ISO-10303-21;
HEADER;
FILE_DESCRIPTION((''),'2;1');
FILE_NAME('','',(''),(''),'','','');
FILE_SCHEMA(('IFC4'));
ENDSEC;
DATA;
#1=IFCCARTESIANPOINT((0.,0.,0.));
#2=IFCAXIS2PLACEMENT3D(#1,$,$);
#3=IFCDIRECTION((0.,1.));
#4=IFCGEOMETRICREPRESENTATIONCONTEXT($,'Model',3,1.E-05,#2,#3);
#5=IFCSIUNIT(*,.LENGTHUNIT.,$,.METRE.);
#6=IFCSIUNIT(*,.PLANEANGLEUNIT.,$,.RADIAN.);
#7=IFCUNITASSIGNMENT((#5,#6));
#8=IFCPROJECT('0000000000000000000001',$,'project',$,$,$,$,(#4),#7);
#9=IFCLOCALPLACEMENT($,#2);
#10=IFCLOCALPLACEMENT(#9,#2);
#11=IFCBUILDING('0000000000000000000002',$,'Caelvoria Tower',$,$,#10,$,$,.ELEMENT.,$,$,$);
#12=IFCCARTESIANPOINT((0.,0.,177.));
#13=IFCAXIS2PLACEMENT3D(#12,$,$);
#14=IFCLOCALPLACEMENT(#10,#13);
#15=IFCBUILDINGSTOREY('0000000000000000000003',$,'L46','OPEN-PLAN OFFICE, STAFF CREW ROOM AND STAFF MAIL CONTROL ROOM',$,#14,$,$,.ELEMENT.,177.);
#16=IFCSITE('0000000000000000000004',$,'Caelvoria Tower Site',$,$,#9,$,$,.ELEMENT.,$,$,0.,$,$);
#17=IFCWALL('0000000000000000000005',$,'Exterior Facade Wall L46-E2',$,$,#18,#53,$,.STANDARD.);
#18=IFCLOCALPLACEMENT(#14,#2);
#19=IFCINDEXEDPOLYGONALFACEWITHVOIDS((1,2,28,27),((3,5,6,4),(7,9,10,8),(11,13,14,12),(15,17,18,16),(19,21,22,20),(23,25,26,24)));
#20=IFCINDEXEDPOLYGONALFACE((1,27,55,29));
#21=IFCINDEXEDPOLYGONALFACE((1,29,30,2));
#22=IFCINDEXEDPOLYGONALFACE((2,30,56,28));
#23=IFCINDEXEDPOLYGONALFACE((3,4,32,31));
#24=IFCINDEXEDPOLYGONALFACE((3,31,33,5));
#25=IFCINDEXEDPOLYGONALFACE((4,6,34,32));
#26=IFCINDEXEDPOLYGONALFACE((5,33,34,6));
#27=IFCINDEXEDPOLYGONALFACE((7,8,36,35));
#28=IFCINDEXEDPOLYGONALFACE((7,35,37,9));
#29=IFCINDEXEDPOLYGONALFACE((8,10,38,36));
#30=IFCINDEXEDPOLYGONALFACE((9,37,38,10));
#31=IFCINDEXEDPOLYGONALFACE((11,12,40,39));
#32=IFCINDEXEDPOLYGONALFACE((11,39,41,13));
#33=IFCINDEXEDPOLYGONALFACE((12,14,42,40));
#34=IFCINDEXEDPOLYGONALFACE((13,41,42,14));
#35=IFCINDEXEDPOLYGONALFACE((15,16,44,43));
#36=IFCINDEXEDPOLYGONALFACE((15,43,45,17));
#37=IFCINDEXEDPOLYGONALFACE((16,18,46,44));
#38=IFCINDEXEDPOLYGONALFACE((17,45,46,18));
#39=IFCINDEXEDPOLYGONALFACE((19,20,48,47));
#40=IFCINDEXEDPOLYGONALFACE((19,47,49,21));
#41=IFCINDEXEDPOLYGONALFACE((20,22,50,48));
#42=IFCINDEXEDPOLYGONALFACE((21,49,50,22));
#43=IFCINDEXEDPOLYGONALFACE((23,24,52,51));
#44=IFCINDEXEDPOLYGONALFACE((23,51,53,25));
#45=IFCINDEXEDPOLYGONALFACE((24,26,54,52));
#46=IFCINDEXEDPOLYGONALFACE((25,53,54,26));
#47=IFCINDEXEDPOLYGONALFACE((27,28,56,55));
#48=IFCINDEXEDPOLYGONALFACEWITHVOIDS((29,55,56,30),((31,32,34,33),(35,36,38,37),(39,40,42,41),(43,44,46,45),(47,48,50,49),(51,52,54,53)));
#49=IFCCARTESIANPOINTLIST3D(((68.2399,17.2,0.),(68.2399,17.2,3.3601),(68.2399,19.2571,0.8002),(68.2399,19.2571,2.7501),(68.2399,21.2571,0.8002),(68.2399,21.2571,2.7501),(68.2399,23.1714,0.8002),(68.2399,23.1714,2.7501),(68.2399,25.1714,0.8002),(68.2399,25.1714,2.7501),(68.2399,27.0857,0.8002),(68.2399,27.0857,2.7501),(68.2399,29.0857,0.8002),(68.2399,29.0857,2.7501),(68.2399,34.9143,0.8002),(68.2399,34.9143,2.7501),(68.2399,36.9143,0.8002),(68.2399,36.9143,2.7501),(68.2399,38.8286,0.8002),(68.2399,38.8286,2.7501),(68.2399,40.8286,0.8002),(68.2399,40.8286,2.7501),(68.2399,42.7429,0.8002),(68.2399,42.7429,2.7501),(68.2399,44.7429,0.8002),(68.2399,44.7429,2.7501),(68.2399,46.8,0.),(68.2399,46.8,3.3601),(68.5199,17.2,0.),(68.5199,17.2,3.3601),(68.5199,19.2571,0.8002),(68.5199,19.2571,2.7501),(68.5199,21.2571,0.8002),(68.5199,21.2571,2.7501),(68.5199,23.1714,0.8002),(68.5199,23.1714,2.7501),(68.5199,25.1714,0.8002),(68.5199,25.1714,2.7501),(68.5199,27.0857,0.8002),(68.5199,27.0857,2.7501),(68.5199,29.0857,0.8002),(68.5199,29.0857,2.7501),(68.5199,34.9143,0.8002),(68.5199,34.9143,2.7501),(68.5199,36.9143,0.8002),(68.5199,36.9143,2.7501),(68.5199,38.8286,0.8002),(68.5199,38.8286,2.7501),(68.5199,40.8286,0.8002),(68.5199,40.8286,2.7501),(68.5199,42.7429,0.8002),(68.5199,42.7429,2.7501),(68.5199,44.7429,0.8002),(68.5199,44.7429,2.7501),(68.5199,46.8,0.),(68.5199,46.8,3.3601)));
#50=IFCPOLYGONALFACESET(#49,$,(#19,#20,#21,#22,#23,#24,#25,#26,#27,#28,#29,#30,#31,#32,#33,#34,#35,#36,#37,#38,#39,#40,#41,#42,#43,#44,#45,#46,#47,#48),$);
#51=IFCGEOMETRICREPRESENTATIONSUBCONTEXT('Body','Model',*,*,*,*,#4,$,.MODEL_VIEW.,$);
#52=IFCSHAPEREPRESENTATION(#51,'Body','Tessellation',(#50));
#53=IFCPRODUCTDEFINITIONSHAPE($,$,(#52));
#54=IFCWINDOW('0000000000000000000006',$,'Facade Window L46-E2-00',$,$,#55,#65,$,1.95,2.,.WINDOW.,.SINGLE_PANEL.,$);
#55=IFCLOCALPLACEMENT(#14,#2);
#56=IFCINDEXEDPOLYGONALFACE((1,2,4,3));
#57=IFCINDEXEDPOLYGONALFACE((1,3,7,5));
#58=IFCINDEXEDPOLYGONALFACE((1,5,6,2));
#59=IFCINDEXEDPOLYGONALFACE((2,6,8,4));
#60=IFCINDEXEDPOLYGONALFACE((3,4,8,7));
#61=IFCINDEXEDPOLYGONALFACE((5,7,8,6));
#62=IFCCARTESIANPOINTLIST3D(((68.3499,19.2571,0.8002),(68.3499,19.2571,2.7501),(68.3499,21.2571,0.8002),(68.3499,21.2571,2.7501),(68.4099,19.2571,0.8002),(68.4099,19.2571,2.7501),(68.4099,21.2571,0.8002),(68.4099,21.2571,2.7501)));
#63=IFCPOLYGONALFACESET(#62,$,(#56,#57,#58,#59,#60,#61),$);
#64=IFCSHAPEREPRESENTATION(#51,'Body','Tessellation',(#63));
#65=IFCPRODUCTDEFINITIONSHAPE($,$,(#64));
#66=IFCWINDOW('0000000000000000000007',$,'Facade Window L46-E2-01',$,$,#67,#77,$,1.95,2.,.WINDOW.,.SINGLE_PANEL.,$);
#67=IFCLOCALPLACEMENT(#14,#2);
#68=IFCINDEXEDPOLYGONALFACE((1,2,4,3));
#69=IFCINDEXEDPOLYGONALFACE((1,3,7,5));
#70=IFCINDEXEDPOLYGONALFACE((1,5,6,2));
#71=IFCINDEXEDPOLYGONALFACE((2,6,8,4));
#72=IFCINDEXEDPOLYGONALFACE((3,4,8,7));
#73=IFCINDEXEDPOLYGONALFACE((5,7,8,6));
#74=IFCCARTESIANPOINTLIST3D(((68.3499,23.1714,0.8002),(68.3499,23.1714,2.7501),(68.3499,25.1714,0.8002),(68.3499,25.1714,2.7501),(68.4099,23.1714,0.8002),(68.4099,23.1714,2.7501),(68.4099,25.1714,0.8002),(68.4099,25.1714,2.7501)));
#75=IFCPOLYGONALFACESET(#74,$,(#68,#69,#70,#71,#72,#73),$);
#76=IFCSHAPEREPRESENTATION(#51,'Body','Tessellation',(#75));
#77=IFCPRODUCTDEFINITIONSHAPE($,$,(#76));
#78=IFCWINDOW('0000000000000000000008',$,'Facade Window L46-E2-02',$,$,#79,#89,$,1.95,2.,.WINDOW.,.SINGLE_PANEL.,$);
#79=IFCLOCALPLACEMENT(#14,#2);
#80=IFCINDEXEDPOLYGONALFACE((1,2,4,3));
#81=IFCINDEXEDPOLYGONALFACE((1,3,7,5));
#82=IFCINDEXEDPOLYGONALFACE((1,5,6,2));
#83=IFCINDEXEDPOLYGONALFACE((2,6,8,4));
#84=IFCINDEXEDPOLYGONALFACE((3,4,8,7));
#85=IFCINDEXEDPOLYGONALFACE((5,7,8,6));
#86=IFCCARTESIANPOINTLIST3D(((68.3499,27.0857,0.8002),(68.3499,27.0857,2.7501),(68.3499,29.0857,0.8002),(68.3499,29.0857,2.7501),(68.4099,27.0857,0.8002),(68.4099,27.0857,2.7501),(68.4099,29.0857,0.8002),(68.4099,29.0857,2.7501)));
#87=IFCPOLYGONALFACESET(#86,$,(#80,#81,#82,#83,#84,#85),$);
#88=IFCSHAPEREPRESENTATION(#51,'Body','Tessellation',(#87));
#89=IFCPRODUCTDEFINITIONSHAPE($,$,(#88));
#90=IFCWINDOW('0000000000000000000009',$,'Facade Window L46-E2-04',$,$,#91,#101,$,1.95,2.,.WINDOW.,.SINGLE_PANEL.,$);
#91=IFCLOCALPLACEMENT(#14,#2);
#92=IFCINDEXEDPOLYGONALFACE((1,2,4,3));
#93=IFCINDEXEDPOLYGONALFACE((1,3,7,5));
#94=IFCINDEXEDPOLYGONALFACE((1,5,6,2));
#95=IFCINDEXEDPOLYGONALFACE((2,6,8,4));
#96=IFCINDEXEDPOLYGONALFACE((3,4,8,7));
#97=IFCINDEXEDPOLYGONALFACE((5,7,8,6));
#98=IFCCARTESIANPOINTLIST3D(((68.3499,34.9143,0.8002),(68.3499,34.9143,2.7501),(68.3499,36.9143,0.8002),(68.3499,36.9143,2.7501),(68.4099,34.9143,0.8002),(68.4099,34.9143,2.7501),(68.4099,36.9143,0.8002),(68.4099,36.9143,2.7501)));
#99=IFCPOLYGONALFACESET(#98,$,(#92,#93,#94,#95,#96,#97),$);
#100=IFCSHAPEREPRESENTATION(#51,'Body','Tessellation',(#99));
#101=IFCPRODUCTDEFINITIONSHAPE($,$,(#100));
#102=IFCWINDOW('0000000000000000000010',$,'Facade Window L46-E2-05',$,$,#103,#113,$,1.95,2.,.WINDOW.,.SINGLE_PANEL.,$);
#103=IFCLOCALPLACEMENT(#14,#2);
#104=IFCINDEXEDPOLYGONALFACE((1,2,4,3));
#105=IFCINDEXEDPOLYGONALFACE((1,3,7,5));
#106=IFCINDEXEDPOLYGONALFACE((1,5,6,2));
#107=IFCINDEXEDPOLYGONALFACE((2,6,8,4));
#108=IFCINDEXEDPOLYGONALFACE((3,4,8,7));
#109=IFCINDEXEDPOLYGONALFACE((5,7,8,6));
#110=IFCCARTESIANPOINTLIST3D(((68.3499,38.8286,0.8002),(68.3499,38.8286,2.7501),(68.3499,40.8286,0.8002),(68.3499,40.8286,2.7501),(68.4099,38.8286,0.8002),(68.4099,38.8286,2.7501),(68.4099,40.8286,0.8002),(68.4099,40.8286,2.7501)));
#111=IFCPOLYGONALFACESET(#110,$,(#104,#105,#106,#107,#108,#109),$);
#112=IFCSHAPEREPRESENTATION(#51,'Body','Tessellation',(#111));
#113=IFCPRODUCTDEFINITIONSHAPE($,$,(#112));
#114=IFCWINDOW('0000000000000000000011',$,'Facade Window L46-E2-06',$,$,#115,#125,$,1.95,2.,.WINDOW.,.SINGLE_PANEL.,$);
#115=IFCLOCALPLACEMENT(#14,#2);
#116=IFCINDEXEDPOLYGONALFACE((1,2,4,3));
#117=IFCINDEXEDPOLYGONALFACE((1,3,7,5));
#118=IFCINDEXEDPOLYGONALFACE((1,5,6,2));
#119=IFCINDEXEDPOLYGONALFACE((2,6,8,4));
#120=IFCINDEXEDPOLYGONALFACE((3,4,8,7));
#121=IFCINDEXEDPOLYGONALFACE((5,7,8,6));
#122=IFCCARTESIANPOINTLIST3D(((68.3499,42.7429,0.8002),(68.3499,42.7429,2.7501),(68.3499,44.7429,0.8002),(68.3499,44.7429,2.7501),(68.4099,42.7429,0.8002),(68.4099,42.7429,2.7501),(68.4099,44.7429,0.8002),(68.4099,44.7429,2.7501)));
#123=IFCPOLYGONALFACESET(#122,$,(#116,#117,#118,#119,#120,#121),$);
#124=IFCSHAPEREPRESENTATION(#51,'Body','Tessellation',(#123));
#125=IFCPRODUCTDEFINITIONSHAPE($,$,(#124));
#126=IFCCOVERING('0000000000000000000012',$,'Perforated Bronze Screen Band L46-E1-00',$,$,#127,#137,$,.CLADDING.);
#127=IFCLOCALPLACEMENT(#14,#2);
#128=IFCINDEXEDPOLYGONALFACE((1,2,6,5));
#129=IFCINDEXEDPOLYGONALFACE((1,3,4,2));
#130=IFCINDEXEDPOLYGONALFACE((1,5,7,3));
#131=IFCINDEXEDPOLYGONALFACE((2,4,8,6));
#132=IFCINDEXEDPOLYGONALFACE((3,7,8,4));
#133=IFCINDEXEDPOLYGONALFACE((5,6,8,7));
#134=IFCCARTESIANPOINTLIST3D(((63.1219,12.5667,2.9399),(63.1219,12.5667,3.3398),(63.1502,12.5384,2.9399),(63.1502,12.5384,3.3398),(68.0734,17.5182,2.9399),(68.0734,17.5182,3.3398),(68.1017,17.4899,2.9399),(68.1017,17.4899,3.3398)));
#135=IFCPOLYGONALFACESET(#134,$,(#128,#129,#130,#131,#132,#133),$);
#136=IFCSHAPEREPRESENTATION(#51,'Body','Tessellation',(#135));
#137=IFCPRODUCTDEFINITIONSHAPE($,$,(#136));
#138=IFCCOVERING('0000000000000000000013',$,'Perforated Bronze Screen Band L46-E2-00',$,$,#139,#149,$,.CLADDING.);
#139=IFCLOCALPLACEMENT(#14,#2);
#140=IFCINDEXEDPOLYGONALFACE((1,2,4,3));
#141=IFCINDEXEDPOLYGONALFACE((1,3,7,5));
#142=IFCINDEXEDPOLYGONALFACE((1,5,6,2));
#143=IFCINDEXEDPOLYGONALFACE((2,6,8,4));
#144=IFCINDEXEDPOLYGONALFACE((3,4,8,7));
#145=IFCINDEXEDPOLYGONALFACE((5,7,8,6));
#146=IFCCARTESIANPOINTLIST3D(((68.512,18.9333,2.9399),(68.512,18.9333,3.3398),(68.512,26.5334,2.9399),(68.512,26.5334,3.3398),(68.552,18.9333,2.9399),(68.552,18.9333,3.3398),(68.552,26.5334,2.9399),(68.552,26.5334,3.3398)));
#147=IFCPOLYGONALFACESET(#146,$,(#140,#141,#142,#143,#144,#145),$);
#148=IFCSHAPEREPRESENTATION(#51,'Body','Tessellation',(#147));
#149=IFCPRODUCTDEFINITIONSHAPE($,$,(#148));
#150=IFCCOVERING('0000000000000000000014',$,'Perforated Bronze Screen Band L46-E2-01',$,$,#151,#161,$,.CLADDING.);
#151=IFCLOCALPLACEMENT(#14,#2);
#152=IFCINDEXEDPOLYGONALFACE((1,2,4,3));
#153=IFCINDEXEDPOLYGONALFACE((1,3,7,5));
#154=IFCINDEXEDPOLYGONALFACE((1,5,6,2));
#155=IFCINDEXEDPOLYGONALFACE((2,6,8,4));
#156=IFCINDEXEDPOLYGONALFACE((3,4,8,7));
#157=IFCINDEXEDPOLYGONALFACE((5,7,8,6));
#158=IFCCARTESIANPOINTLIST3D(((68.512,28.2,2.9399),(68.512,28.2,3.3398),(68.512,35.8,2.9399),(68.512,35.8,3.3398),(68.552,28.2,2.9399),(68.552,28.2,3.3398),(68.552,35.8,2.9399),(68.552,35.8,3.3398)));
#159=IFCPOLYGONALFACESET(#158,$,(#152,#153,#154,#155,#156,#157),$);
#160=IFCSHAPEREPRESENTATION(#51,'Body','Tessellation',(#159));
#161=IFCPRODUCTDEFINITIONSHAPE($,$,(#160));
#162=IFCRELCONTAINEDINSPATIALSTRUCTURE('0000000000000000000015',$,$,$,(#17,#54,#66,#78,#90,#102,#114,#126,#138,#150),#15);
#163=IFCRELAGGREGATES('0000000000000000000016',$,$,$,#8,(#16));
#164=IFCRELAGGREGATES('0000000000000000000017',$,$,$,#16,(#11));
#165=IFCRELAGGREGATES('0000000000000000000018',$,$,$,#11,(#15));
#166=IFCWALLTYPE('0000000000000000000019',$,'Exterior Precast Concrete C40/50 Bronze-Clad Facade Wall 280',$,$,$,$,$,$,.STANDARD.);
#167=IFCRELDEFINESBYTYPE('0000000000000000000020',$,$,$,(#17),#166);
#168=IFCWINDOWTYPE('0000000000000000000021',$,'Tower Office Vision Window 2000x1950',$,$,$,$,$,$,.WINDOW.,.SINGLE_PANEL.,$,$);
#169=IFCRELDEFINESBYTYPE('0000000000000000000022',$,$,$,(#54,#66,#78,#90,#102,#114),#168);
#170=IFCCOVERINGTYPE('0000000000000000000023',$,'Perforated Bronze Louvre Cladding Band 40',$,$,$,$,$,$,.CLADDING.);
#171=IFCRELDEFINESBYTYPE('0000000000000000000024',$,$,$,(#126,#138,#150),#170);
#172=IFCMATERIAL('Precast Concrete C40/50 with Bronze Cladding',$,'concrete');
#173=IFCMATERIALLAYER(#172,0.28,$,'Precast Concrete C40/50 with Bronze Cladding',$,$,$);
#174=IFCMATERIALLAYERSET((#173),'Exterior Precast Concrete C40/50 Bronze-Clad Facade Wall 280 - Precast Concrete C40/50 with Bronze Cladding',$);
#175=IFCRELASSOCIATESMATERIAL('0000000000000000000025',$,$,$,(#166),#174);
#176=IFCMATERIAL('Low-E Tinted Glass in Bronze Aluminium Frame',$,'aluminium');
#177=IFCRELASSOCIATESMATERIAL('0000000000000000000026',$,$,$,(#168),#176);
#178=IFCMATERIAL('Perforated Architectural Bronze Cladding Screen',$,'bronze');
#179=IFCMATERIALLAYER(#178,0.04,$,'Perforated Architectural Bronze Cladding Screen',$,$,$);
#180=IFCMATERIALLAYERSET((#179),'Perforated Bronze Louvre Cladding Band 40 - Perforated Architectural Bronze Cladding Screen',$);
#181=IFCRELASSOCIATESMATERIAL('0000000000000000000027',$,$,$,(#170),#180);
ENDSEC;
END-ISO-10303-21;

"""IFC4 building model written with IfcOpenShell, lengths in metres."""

from ifc_helpers import new_model, si_unit, direction, frame, frame_2d, origin, origin_2d, place, context, subcontext, project, spatial, rectangle, extrude, material, layer, layer_set, type_object, element, fill, save


model = new_model("IFC4")

# Units and contexts
model_context = context("Model", 3, precision=1e-05, world=origin(), true_north=direction((0.0, 1.0)))
body_context = subcontext(model_context, "Body", "Model", "MODEL_VIEW")
ifc_project = project(units=[si_unit("LENGTHUNIT", "METRE"), si_unit("PLANEANGLEUNIT", "RADIAN")], contexts=[model_context])

# Site, building, storey
site_placement = place(None, origin())
site = spatial("IfcSite", under=ifc_project, at=site_placement, Name="Caelvoria Tower Site", CompositionType="ELEMENT", RefElevation=0.0)
building_placement = place(site_placement, origin())
building = spatial("IfcBuilding", under=site, at=building_placement, Name="Caelvoria Tower", CompositionType="ELEMENT")
storey_placement = place(building_placement, frame((0.0, 0.0, 177.0)))
storey = spatial("IfcBuildingStorey", under=building, at=storey_placement, Name="L46", Description="OPEN-PLAN OFFICE, STAFF CREW ROOM AND STAFF MAIL CONTROL ROOM", CompositionType="ELEMENT", Elevation=177.0)

# Shared definitions
ifc_material_1 = material(Name="Precast Concrete C40/50 with Bronze Cladding", Category="concrete")
ifc_layer_1 = layer(ifc_material_1, 0.28, Name="Precast Concrete C40/50 with Bronze Cladding")
ifc_layer_set_1 = layer_set([ifc_layer_1], Name="Exterior Precast Concrete C40/50 Bronze-Clad Facade Wall 280 - Precast Concrete C40/50 with Bronze Cladding")
wall_type = type_object("IfcWallType", Name="Exterior Precast Concrete C40/50 Bronze-Clad Facade Wall 280", PredefinedType="STANDARD", material=ifc_layer_set_1)

# Wall, openings, windows
wall_1_placement = place(storey_placement, frame((68.3799, 17.2, 0.0), z_axis=(0.0, 0.0, 1.0), x_axis=(0.0, 1.0, 0.0)))
wall_1 = element("IfcWall", 1, at=wall_1_placement, inside=storey, type_object=wall_type, Name="Exterior Facade Wall L46-E2", PredefinedType="STANDARD", context=body_context, shape_type="SweptSolid", body=[
    extrude(rectangle(XDim=29.6001, YDim=0.28, at=frame_2d((14.8, 0.0))), origin(), (0.0, 0.0, 1.0), 3.3601),
])
opening_1_placement = place(wall_1_placement, frame((2.0571, 0.0, 0.8)))
opening_1 = element("IfcOpeningElement", 2, at=opening_1_placement, cuts=wall_1, PredefinedType="OPENING", context=body_context, shape_type="SweptSolid", body=[
    extrude(rectangle(XDim=2.0, YDim=1.95, at=frame_2d((1.0, 0.9751))), frame((0.0, 0.1499, 0.0), z_axis=(0.0, -1.0, 0.0), x_axis=(1.0, 0.0, 0.0)), (0.0, 0.0, 1.0), 0.3),
])
opening_2_placement = place(wall_1_placement, frame((5.9714, 0.0, 0.8)))
opening_2 = element("IfcOpeningElement", 3, at=opening_2_placement, cuts=wall_1, PredefinedType="OPENING", context=body_context, shape_type="SweptSolid", body=[
    extrude(rectangle(XDim=2.0, YDim=1.95, at=frame_2d((1.0, 0.9751))), frame((0.0, 0.1499, 0.0), z_axis=(0.0, -1.0, 0.0), x_axis=(1.0, 0.0, 0.0)), (0.0, 0.0, 1.0), 0.3),
])
opening_3_placement = place(wall_1_placement, frame((9.8857, 0.0, 0.8)))
opening_3 = element("IfcOpeningElement", 4, at=opening_3_placement, cuts=wall_1, PredefinedType="OPENING", context=body_context, shape_type="SweptSolid", body=[
    extrude(rectangle(XDim=2.0, YDim=1.95, at=frame_2d((1.0, 0.9751))), frame((0.0, 0.1499, 0.0), z_axis=(0.0, -1.0, 0.0), x_axis=(1.0, 0.0, 0.0)), (0.0, 0.0, 1.0), 0.3),
])
opening_4_placement = place(wall_1_placement, frame((17.7144, 0.0, 0.8)))
opening_4 = element("IfcOpeningElement", 5, at=opening_4_placement, cuts=wall_1, PredefinedType="OPENING", context=body_context, shape_type="SweptSolid", body=[
    extrude(rectangle(XDim=2.0, YDim=1.95, at=frame_2d((1.0, 0.9751))), frame((0.0, 0.1499, 0.0), z_axis=(0.0, -1.0, 0.0), x_axis=(1.0, 0.0, 0.0)), (0.0, 0.0, 1.0), 0.3),
])
opening_5_placement = place(wall_1_placement, frame((21.6287, 0.0, 0.8)))
opening_5 = element("IfcOpeningElement", 6, at=opening_5_placement, cuts=wall_1, PredefinedType="OPENING", context=body_context, shape_type="SweptSolid", body=[
    extrude(rectangle(XDim=2.0, YDim=1.95, at=frame_2d((1.0, 0.9751))), frame((0.0, 0.1499, 0.0), z_axis=(0.0, -1.0, 0.0), x_axis=(1.0, 0.0, 0.0)), (0.0, 0.0, 1.0), 0.3),
])
opening_6_placement = place(wall_1_placement, frame((25.543, 0.0, 0.8)))
opening_6 = element("IfcOpeningElement", 7, at=opening_6_placement, cuts=wall_1, PredefinedType="OPENING", context=body_context, shape_type="SweptSolid", body=[
    extrude(rectangle(XDim=2.0, YDim=1.95, at=frame_2d((1.0, 0.9751))), frame((0.0, 0.1499, 0.0), z_axis=(0.0, -1.0, 0.0), x_axis=(1.0, 0.0, 0.0)), (0.0, 0.0, 1.0), 0.3),
])
ifc_material_2 = material(Name="Low-E Tinted Glass in Bronze Aluminium Frame", Category="aluminium")
window_type = type_object("IfcWindowType", Name="Tower Office Vision Window 2000x1950", PartitioningType="SINGLE_PANEL", PredefinedType="WINDOW", material=ifc_material_2)
window_1_placement = place(opening_1_placement, origin())
window_1 = element("IfcWindow", 8, at=window_1_placement, inside=storey, type_object=window_type, Name="Facade Window L46-E2-00", OverallHeight=1.95, OverallWidth=2.0, PartitioningType="SINGLE_PANEL", PredefinedType="WINDOW", context=body_context, shape_type="SweptSolid", body=[
    extrude(rectangle(XDim=2.0, YDim=1.95, at=frame_2d((1.0, 0.9751))), frame((0.0, 0.03, 0.0), z_axis=(0.0, -1.0, 0.0), x_axis=(1.0, 0.0, 0.0)), (0.0, 0.0, 1.0), 0.0601),
])
fill(opening_1, window_1)
window_2_placement = place(opening_2_placement, origin())
window_2 = element("IfcWindow", 9, at=window_2_placement, inside=storey, type_object=window_type, Name="Facade Window L46-E2-01", OverallHeight=1.95, OverallWidth=2.0, PartitioningType="SINGLE_PANEL", PredefinedType="WINDOW", context=body_context, shape_type="SweptSolid", body=[
    extrude(rectangle(XDim=2.0, YDim=1.95, at=frame_2d((1.0, 0.9751))), frame((0.0, 0.03, 0.0), z_axis=(0.0, -1.0, 0.0), x_axis=(1.0, 0.0, 0.0)), (0.0, 0.0, 1.0), 0.0601),
])
fill(opening_2, window_2)
window_3_placement = place(opening_3_placement, origin())
window_3 = element("IfcWindow", 10, at=window_3_placement, inside=storey, type_object=window_type, Name="Facade Window L46-E2-02", OverallHeight=1.95, OverallWidth=2.0, PartitioningType="SINGLE_PANEL", PredefinedType="WINDOW", context=body_context, shape_type="SweptSolid", body=[
    extrude(rectangle(XDim=2.0, YDim=1.95, at=frame_2d((1.0, 0.9751))), frame((0.0, 0.03, 0.0), z_axis=(0.0, -1.0, 0.0), x_axis=(1.0, 0.0, 0.0)), (0.0, 0.0, 1.0), 0.0601),
])
fill(opening_3, window_3)
window_4_placement = place(opening_4_placement, origin())
window_4 = element("IfcWindow", 11, at=window_4_placement, inside=storey, type_object=window_type, Name="Facade Window L46-E2-04", OverallHeight=1.95, OverallWidth=2.0, PartitioningType="SINGLE_PANEL", PredefinedType="WINDOW", context=body_context, shape_type="SweptSolid", body=[
    extrude(rectangle(XDim=2.0, YDim=1.95, at=frame_2d((1.0, 0.9751))), frame((0.0, 0.03, 0.0), z_axis=(0.0, -1.0, 0.0), x_axis=(1.0, 0.0, 0.0)), (0.0, 0.0, 1.0), 0.0601),
])
fill(opening_4, window_4)
window_5_placement = place(opening_5_placement, origin())
window_5 = element("IfcWindow", 12, at=window_5_placement, inside=storey, type_object=window_type, Name="Facade Window L46-E2-05", OverallHeight=1.95, OverallWidth=2.0, PartitioningType="SINGLE_PANEL", PredefinedType="WINDOW", context=body_context, shape_type="SweptSolid", body=[
    extrude(rectangle(XDim=2.0, YDim=1.95, at=frame_2d((1.0, 0.9751))), frame((0.0, 0.03, 0.0), z_axis=(0.0, -1.0, 0.0), x_axis=(1.0, 0.0, 0.0)), (0.0, 0.0, 1.0), 0.0601),
])
fill(opening_5, window_5)
window_6_placement = place(opening_6_placement, origin())
window_6 = element("IfcWindow", 13, at=window_6_placement, inside=storey, type_object=window_type, Name="Facade Window L46-E2-06", OverallHeight=1.95, OverallWidth=2.0, PartitioningType="SINGLE_PANEL", PredefinedType="WINDOW", context=body_context, shape_type="SweptSolid", body=[
    extrude(rectangle(XDim=2.0, YDim=1.95, at=frame_2d((1.0, 0.9751))), frame((0.0, 0.03, 0.0), z_axis=(0.0, -1.0, 0.0), x_axis=(1.0, 0.0, 0.0)), (0.0, 0.0, 1.0), 0.0601),
])
fill(opening_6, window_6)

# Coverings
ifc_material_3 = material(Name="Perforated Architectural Bronze Cladding Screen", Category="bronze")
ifc_layer_2 = layer(ifc_material_3, 0.04, Name="Perforated Architectural Bronze Cladding Screen")
ifc_layer_set_2 = layer_set([ifc_layer_2], Name="Perforated Bronze Louvre Cladding Band 40 - Perforated Architectural Bronze Cladding Screen")
covering_type = type_object("IfcCoveringType", Name="Perforated Bronze Louvre Cladding Band 40", PredefinedType="CLADDING", material=ifc_layer_set_2)
covering_placement = place(storey_placement, frame((65.6118, 15.0283, 2.9399), z_axis=(0.0, 0.0, 1.0), x_axis=(0.707107, 0.707107, 0.0)))
element("IfcCovering", 14, at=covering_placement, inside=storey, type_object=covering_type, Name="Perforated Bronze Screen Band L46-E1-00", PredefinedType="CLADDING", context=body_context, shape_type="SweptSolid", body=[
    extrude(rectangle(XDim=7.0024, YDim=0.04, at=origin_2d()), origin(), (0.0, 0.0, 1.0), 0.3999),
])
for number, where, z_axis, x_axis, name in (
    (15, (68.532, 22.7334, 2.9399), (0.0, 0.0, 1.0), (0.0, 1.0, 0.0), "Perforated Bronze Screen Band L46-E2-00"),
    (16, (68.532, 32.0, 2.9399), (0.0, 0.0, 1.0), (0.0, 1.0, 0.0), "Perforated Bronze Screen Band L46-E2-01"),
):
    element("IfcCovering", number, at=place(storey_placement, frame(where, z_axis=z_axis, x_axis=x_axis)), inside=storey, type_object=covering_type, Name=name, PredefinedType="CLADDING", context=body_context, shape_type="SweptSolid", body=[
        extrude(rectangle(XDim=7.6001, YDim=0.04, at=origin_2d()), origin(), (0.0, 0.0, 1.0), 0.3999),
    ])

save(model, "model.ifc")
